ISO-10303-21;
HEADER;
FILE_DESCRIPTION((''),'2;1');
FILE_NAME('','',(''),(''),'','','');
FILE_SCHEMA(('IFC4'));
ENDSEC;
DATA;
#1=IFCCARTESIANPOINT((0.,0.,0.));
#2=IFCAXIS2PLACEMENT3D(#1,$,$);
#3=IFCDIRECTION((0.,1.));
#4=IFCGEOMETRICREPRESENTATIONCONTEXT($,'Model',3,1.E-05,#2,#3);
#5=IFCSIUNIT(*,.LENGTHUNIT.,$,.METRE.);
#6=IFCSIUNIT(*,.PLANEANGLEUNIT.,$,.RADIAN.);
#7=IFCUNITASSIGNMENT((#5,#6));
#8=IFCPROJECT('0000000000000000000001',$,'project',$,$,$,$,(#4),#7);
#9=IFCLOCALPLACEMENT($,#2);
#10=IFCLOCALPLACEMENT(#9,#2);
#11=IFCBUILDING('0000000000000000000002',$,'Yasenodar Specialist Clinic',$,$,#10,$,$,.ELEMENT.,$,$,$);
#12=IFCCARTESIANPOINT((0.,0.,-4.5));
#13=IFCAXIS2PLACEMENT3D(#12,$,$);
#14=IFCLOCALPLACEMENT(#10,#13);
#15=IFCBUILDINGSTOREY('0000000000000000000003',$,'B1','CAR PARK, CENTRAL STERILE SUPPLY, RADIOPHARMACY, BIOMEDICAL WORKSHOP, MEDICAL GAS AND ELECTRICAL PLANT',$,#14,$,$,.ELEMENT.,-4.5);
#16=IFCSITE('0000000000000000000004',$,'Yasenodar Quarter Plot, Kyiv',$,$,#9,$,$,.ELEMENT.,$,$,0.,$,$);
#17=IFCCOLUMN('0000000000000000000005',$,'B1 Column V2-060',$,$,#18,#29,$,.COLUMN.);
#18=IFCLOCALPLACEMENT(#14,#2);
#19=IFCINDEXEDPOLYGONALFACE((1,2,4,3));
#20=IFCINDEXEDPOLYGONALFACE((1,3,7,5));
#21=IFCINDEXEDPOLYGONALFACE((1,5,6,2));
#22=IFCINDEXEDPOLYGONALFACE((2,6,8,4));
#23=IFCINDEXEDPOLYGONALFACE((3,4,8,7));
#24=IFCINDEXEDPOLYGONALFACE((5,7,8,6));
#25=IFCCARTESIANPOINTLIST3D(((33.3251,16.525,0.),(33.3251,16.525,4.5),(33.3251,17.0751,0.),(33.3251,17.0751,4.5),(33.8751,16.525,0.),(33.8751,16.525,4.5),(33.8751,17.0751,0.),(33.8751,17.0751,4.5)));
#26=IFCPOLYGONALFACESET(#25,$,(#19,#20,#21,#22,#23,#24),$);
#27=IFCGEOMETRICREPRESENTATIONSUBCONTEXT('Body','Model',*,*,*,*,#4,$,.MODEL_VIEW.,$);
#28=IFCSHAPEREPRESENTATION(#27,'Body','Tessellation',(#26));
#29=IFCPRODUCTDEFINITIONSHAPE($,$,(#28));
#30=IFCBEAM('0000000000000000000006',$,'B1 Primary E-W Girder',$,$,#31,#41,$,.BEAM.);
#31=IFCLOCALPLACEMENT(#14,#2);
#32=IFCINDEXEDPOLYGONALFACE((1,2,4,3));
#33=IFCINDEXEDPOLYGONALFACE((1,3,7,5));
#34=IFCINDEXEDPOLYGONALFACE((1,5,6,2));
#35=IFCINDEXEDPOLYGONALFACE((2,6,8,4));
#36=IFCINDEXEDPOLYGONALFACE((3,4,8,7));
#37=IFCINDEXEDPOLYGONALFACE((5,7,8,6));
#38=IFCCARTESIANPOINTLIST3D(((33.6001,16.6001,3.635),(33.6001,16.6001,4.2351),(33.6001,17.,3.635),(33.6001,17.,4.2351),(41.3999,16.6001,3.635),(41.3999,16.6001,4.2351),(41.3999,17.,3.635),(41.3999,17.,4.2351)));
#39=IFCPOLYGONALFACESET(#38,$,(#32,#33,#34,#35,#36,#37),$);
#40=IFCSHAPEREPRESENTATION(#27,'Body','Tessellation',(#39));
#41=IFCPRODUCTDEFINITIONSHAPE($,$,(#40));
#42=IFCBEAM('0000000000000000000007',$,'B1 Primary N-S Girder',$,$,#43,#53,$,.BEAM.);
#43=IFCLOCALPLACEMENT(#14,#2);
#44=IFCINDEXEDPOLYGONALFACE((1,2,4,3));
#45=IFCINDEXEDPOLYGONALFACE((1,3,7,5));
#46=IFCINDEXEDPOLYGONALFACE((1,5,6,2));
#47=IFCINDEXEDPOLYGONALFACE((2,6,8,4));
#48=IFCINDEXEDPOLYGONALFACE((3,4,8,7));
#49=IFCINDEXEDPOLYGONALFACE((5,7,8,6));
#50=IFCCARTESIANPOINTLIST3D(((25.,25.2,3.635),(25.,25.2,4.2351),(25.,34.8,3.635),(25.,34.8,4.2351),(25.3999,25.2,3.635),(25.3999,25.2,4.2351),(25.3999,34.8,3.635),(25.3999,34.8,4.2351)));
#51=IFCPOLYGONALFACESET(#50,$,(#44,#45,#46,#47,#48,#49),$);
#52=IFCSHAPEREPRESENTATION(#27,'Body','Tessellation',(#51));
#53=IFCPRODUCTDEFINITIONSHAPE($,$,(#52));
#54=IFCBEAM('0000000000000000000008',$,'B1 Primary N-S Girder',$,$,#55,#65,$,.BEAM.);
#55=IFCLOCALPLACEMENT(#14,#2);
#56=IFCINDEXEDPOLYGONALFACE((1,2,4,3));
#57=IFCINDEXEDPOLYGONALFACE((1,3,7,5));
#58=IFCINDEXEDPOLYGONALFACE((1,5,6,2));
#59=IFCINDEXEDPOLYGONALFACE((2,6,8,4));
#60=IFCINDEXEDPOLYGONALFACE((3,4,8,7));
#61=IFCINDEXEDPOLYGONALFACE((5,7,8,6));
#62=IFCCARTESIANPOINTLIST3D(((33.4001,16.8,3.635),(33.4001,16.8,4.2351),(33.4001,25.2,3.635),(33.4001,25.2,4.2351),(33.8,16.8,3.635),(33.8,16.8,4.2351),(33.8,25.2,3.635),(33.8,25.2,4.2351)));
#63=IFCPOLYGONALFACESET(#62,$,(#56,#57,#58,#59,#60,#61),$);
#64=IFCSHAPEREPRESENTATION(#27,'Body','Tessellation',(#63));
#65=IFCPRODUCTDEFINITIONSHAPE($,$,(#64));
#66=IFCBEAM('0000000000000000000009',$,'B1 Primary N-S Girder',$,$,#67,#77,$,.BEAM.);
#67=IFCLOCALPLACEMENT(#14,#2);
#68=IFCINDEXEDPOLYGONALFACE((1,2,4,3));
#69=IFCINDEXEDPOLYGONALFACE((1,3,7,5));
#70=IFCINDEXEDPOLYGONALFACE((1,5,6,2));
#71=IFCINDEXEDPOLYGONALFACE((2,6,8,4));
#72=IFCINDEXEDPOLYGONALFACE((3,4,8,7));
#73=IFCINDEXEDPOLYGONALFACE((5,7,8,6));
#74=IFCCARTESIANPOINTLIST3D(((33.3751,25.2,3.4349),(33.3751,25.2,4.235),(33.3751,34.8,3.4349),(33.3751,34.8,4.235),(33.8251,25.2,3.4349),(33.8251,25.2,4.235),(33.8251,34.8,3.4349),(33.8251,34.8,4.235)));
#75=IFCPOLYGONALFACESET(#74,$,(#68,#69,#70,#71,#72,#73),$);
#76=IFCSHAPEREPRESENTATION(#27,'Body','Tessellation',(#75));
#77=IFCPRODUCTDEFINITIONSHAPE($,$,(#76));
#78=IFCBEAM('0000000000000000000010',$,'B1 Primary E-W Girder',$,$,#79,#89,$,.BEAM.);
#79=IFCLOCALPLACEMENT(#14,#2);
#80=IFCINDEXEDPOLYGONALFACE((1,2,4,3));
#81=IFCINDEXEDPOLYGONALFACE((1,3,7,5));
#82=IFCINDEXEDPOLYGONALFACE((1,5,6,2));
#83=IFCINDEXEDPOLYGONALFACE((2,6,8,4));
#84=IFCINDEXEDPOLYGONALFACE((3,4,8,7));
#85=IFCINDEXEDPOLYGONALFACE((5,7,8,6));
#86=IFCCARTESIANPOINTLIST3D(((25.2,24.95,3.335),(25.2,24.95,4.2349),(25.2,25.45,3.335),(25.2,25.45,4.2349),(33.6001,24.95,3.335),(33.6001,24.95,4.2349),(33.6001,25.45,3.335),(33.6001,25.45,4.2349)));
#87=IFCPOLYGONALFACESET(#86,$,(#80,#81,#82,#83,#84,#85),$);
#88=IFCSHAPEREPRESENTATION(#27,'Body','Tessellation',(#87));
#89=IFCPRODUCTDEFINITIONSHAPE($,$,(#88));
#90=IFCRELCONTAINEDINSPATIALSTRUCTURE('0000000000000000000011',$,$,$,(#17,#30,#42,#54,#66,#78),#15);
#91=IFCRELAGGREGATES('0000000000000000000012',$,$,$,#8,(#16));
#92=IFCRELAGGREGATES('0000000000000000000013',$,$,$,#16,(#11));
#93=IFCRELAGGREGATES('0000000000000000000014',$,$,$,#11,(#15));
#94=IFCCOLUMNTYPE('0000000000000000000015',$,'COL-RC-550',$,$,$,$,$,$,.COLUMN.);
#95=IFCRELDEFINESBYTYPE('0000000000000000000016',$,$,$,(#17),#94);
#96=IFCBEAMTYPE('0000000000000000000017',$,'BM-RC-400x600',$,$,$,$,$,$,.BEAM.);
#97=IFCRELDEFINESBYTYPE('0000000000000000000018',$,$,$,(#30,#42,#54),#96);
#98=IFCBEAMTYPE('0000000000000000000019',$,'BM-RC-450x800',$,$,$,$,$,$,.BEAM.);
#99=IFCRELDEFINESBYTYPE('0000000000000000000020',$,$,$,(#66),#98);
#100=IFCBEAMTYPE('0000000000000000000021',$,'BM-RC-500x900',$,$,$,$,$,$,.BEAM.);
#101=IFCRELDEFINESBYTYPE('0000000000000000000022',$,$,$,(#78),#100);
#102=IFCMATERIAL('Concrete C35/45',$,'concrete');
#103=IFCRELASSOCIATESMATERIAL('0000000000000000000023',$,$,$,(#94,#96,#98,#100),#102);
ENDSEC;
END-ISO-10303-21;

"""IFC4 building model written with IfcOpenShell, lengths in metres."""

from ifc_helpers import new_model, si_unit, direction, frame, origin, origin_2d, place, context, subcontext, project, spatial, rectangle, extrude, material, material_profile, profile_set, type_object, element, save


model = new_model("IFC4")

# Units and contexts
model_context = context("Model", 3, precision=1e-05, world=origin(), true_north=direction((0.0, 1.0)))
body_context = subcontext(model_context, "Body", "Model", "MODEL_VIEW")
ifc_project = project(units=[si_unit("LENGTHUNIT", "METRE"), si_unit("PLANEANGLEUNIT", "RADIAN")], contexts=[model_context])

# Site, building, storey
site_placement = place(None, origin())
site = spatial("IfcSite", under=ifc_project, at=site_placement, Name="Yasenodar Quarter Plot, Kyiv", CompositionType="ELEMENT", RefElevation=0.0)
building_placement = place(site_placement, origin())
building = spatial("IfcBuilding", under=site, at=building_placement, Name="Yasenodar Specialist Clinic", CompositionType="ELEMENT")
storey_placement = place(building_placement, frame((0.0, 0.0, -4.5)))
storey = spatial("IfcBuildingStorey", under=building, at=storey_placement, Name="B1", Description="CAR PARK, CENTRAL STERILE SUPPLY, RADIOPHARMACY, BIOMEDICAL WORKSHOP, MEDICAL GAS AND ELECTRICAL PLANT", CompositionType="ELEMENT", Elevation=-4.5)

# Shared definitions
ifc_material_1 = material(Name="Concrete C35/45", Category="concrete")

# Column
ifc_material_profile_1 = material_profile(ifc_material_1, rectangle(XDim=0.55, YDim=0.55, at=origin_2d()), Name="RC 550x550")
ifc_profile_set_1 = profile_set([ifc_material_profile_1], Name="Concrete C35/45")
column_type_1 = type_object("IfcColumnType", Name="COL-RC-550", PredefinedType="COLUMN", material=ifc_profile_set_1)
column_placement = place(storey_placement, frame((33.6001, 16.8, 0.0), z_axis=(0.0, 0.0, 1.0), x_axis=(1.0, 0.0, 0.0)))
element("IfcColumn", 1, at=column_placement, inside=storey, type_object=column_type_1, Name="B1 Column V2-060", PredefinedType="COLUMN", context=body_context, shape_type="SweptSolid", body=[
    extrude(rectangle(XDim=0.55, YDim=0.55, at=origin_2d()), origin(), (0.0, 0.0, 1.0), 4.5),
])

# Beams
ifc_material_profile_2 = material_profile(ifc_material_1, rectangle(XDim=0.3999, YDim=0.6001, at=origin_2d()), Name="RC 400x600")
ifc_profile_set_2 = profile_set([ifc_material_profile_2], Name="Concrete C35/45")
beam_type_1 = type_object("IfcBeamType", Name="BM-RC-400x600", PredefinedType="BEAM", material=ifc_profile_set_2)
beam_1_placement = place(storey_placement, frame((33.6001, 16.8, 3.9351), z_axis=(1.0, 0.0, 0.0), x_axis=(0.0, 1.0, 0.0)))
element("IfcBeam", 2, at=beam_1_placement, inside=storey, type_object=beam_type_1, Name="B1 Primary E-W Girder", PredefinedType="BEAM", context=body_context, shape_type="SweptSolid", body=[
    extrude(rectangle(XDim=0.3999, YDim=0.6001, at=origin_2d()), origin(), (0.0, 0.0, 1.0), 7.7998),
])
beam_2_placement = place(storey_placement, frame((25.2, 25.2, 3.9351), z_axis=(0.0, 1.0, 0.0), x_axis=(-1.0, 0.0, 0.0)))
element("IfcBeam", 3, at=beam_2_placement, inside=storey, type_object=beam_type_1, Name="B1 Primary N-S Girder", PredefinedType="BEAM", context=body_context, shape_type="SweptSolid", body=[
    extrude(rectangle(XDim=0.3999, YDim=0.6001, at=origin_2d()), origin(), (0.0, 0.0, 1.0), 9.6001),
])
beam_3_placement = place(storey_placement, frame((33.6001, 16.8, 3.9351), z_axis=(0.0, 1.0, 0.0), x_axis=(-1.0, 0.0, 0.0)))
element("IfcBeam", 4, at=beam_3_placement, inside=storey, type_object=beam_type_1, Name="B1 Primary N-S Girder", PredefinedType="BEAM", context=body_context, shape_type="SweptSolid", body=[
    extrude(rectangle(XDim=0.3999, YDim=0.6001, at=origin_2d()), origin(), (0.0, 0.0, 1.0), 8.3999),
])
ifc_material_profile_3 = material_profile(ifc_material_1, rectangle(XDim=0.45, YDim=0.8, at=origin_2d()), Name="RC 450x800")
ifc_profile_set_3 = profile_set([ifc_material_profile_3], Name="Concrete C35/45")
beam_type_2 = type_object("IfcBeamType", Name="BM-RC-450x800", PredefinedType="BEAM", material=ifc_profile_set_3)
beam_4_placement = place(storey_placement, frame((33.6001, 25.2, 3.835), z_axis=(0.0, 1.0, 0.0), x_axis=(-1.0, 0.0, 0.0)))
element("IfcBeam", 5, at=beam_4_placement, inside=storey, type_object=beam_type_2, Name="B1 Primary N-S Girder", PredefinedType="BEAM", context=body_context, shape_type="SweptSolid", body=[
    extrude(rectangle(XDim=0.45, YDim=0.8, at=origin_2d()), origin(), (0.0, 0.0, 1.0), 9.6001),
])
ifc_material_profile_4 = material_profile(ifc_material_1, rectangle(XDim=0.5, YDim=0.8999, at=origin_2d()), Name="RC 500x900")
ifc_profile_set_4 = profile_set([ifc_material_profile_4], Name="Concrete C35/45")
beam_type_3 = type_object("IfcBeamType", Name="BM-RC-500x900", PredefinedType="BEAM", material=ifc_profile_set_4)
beam_5_placement = place(storey_placement, frame((25.2, 25.2, 3.7849), z_axis=(1.0, 0.0, 0.0), x_axis=(0.0, 1.0, 0.0)))
element("IfcBeam", 6, at=beam_5_placement, inside=storey, type_object=beam_type_3, Name="B1 Primary E-W Girder", PredefinedType="BEAM", context=body_context, shape_type="SweptSolid", body=[
    extrude(rectangle(XDim=0.5, YDim=0.8999, at=origin_2d()), origin(), (0.0, 0.0, 1.0), 8.4001),
])

save(model, "model.ifc")
